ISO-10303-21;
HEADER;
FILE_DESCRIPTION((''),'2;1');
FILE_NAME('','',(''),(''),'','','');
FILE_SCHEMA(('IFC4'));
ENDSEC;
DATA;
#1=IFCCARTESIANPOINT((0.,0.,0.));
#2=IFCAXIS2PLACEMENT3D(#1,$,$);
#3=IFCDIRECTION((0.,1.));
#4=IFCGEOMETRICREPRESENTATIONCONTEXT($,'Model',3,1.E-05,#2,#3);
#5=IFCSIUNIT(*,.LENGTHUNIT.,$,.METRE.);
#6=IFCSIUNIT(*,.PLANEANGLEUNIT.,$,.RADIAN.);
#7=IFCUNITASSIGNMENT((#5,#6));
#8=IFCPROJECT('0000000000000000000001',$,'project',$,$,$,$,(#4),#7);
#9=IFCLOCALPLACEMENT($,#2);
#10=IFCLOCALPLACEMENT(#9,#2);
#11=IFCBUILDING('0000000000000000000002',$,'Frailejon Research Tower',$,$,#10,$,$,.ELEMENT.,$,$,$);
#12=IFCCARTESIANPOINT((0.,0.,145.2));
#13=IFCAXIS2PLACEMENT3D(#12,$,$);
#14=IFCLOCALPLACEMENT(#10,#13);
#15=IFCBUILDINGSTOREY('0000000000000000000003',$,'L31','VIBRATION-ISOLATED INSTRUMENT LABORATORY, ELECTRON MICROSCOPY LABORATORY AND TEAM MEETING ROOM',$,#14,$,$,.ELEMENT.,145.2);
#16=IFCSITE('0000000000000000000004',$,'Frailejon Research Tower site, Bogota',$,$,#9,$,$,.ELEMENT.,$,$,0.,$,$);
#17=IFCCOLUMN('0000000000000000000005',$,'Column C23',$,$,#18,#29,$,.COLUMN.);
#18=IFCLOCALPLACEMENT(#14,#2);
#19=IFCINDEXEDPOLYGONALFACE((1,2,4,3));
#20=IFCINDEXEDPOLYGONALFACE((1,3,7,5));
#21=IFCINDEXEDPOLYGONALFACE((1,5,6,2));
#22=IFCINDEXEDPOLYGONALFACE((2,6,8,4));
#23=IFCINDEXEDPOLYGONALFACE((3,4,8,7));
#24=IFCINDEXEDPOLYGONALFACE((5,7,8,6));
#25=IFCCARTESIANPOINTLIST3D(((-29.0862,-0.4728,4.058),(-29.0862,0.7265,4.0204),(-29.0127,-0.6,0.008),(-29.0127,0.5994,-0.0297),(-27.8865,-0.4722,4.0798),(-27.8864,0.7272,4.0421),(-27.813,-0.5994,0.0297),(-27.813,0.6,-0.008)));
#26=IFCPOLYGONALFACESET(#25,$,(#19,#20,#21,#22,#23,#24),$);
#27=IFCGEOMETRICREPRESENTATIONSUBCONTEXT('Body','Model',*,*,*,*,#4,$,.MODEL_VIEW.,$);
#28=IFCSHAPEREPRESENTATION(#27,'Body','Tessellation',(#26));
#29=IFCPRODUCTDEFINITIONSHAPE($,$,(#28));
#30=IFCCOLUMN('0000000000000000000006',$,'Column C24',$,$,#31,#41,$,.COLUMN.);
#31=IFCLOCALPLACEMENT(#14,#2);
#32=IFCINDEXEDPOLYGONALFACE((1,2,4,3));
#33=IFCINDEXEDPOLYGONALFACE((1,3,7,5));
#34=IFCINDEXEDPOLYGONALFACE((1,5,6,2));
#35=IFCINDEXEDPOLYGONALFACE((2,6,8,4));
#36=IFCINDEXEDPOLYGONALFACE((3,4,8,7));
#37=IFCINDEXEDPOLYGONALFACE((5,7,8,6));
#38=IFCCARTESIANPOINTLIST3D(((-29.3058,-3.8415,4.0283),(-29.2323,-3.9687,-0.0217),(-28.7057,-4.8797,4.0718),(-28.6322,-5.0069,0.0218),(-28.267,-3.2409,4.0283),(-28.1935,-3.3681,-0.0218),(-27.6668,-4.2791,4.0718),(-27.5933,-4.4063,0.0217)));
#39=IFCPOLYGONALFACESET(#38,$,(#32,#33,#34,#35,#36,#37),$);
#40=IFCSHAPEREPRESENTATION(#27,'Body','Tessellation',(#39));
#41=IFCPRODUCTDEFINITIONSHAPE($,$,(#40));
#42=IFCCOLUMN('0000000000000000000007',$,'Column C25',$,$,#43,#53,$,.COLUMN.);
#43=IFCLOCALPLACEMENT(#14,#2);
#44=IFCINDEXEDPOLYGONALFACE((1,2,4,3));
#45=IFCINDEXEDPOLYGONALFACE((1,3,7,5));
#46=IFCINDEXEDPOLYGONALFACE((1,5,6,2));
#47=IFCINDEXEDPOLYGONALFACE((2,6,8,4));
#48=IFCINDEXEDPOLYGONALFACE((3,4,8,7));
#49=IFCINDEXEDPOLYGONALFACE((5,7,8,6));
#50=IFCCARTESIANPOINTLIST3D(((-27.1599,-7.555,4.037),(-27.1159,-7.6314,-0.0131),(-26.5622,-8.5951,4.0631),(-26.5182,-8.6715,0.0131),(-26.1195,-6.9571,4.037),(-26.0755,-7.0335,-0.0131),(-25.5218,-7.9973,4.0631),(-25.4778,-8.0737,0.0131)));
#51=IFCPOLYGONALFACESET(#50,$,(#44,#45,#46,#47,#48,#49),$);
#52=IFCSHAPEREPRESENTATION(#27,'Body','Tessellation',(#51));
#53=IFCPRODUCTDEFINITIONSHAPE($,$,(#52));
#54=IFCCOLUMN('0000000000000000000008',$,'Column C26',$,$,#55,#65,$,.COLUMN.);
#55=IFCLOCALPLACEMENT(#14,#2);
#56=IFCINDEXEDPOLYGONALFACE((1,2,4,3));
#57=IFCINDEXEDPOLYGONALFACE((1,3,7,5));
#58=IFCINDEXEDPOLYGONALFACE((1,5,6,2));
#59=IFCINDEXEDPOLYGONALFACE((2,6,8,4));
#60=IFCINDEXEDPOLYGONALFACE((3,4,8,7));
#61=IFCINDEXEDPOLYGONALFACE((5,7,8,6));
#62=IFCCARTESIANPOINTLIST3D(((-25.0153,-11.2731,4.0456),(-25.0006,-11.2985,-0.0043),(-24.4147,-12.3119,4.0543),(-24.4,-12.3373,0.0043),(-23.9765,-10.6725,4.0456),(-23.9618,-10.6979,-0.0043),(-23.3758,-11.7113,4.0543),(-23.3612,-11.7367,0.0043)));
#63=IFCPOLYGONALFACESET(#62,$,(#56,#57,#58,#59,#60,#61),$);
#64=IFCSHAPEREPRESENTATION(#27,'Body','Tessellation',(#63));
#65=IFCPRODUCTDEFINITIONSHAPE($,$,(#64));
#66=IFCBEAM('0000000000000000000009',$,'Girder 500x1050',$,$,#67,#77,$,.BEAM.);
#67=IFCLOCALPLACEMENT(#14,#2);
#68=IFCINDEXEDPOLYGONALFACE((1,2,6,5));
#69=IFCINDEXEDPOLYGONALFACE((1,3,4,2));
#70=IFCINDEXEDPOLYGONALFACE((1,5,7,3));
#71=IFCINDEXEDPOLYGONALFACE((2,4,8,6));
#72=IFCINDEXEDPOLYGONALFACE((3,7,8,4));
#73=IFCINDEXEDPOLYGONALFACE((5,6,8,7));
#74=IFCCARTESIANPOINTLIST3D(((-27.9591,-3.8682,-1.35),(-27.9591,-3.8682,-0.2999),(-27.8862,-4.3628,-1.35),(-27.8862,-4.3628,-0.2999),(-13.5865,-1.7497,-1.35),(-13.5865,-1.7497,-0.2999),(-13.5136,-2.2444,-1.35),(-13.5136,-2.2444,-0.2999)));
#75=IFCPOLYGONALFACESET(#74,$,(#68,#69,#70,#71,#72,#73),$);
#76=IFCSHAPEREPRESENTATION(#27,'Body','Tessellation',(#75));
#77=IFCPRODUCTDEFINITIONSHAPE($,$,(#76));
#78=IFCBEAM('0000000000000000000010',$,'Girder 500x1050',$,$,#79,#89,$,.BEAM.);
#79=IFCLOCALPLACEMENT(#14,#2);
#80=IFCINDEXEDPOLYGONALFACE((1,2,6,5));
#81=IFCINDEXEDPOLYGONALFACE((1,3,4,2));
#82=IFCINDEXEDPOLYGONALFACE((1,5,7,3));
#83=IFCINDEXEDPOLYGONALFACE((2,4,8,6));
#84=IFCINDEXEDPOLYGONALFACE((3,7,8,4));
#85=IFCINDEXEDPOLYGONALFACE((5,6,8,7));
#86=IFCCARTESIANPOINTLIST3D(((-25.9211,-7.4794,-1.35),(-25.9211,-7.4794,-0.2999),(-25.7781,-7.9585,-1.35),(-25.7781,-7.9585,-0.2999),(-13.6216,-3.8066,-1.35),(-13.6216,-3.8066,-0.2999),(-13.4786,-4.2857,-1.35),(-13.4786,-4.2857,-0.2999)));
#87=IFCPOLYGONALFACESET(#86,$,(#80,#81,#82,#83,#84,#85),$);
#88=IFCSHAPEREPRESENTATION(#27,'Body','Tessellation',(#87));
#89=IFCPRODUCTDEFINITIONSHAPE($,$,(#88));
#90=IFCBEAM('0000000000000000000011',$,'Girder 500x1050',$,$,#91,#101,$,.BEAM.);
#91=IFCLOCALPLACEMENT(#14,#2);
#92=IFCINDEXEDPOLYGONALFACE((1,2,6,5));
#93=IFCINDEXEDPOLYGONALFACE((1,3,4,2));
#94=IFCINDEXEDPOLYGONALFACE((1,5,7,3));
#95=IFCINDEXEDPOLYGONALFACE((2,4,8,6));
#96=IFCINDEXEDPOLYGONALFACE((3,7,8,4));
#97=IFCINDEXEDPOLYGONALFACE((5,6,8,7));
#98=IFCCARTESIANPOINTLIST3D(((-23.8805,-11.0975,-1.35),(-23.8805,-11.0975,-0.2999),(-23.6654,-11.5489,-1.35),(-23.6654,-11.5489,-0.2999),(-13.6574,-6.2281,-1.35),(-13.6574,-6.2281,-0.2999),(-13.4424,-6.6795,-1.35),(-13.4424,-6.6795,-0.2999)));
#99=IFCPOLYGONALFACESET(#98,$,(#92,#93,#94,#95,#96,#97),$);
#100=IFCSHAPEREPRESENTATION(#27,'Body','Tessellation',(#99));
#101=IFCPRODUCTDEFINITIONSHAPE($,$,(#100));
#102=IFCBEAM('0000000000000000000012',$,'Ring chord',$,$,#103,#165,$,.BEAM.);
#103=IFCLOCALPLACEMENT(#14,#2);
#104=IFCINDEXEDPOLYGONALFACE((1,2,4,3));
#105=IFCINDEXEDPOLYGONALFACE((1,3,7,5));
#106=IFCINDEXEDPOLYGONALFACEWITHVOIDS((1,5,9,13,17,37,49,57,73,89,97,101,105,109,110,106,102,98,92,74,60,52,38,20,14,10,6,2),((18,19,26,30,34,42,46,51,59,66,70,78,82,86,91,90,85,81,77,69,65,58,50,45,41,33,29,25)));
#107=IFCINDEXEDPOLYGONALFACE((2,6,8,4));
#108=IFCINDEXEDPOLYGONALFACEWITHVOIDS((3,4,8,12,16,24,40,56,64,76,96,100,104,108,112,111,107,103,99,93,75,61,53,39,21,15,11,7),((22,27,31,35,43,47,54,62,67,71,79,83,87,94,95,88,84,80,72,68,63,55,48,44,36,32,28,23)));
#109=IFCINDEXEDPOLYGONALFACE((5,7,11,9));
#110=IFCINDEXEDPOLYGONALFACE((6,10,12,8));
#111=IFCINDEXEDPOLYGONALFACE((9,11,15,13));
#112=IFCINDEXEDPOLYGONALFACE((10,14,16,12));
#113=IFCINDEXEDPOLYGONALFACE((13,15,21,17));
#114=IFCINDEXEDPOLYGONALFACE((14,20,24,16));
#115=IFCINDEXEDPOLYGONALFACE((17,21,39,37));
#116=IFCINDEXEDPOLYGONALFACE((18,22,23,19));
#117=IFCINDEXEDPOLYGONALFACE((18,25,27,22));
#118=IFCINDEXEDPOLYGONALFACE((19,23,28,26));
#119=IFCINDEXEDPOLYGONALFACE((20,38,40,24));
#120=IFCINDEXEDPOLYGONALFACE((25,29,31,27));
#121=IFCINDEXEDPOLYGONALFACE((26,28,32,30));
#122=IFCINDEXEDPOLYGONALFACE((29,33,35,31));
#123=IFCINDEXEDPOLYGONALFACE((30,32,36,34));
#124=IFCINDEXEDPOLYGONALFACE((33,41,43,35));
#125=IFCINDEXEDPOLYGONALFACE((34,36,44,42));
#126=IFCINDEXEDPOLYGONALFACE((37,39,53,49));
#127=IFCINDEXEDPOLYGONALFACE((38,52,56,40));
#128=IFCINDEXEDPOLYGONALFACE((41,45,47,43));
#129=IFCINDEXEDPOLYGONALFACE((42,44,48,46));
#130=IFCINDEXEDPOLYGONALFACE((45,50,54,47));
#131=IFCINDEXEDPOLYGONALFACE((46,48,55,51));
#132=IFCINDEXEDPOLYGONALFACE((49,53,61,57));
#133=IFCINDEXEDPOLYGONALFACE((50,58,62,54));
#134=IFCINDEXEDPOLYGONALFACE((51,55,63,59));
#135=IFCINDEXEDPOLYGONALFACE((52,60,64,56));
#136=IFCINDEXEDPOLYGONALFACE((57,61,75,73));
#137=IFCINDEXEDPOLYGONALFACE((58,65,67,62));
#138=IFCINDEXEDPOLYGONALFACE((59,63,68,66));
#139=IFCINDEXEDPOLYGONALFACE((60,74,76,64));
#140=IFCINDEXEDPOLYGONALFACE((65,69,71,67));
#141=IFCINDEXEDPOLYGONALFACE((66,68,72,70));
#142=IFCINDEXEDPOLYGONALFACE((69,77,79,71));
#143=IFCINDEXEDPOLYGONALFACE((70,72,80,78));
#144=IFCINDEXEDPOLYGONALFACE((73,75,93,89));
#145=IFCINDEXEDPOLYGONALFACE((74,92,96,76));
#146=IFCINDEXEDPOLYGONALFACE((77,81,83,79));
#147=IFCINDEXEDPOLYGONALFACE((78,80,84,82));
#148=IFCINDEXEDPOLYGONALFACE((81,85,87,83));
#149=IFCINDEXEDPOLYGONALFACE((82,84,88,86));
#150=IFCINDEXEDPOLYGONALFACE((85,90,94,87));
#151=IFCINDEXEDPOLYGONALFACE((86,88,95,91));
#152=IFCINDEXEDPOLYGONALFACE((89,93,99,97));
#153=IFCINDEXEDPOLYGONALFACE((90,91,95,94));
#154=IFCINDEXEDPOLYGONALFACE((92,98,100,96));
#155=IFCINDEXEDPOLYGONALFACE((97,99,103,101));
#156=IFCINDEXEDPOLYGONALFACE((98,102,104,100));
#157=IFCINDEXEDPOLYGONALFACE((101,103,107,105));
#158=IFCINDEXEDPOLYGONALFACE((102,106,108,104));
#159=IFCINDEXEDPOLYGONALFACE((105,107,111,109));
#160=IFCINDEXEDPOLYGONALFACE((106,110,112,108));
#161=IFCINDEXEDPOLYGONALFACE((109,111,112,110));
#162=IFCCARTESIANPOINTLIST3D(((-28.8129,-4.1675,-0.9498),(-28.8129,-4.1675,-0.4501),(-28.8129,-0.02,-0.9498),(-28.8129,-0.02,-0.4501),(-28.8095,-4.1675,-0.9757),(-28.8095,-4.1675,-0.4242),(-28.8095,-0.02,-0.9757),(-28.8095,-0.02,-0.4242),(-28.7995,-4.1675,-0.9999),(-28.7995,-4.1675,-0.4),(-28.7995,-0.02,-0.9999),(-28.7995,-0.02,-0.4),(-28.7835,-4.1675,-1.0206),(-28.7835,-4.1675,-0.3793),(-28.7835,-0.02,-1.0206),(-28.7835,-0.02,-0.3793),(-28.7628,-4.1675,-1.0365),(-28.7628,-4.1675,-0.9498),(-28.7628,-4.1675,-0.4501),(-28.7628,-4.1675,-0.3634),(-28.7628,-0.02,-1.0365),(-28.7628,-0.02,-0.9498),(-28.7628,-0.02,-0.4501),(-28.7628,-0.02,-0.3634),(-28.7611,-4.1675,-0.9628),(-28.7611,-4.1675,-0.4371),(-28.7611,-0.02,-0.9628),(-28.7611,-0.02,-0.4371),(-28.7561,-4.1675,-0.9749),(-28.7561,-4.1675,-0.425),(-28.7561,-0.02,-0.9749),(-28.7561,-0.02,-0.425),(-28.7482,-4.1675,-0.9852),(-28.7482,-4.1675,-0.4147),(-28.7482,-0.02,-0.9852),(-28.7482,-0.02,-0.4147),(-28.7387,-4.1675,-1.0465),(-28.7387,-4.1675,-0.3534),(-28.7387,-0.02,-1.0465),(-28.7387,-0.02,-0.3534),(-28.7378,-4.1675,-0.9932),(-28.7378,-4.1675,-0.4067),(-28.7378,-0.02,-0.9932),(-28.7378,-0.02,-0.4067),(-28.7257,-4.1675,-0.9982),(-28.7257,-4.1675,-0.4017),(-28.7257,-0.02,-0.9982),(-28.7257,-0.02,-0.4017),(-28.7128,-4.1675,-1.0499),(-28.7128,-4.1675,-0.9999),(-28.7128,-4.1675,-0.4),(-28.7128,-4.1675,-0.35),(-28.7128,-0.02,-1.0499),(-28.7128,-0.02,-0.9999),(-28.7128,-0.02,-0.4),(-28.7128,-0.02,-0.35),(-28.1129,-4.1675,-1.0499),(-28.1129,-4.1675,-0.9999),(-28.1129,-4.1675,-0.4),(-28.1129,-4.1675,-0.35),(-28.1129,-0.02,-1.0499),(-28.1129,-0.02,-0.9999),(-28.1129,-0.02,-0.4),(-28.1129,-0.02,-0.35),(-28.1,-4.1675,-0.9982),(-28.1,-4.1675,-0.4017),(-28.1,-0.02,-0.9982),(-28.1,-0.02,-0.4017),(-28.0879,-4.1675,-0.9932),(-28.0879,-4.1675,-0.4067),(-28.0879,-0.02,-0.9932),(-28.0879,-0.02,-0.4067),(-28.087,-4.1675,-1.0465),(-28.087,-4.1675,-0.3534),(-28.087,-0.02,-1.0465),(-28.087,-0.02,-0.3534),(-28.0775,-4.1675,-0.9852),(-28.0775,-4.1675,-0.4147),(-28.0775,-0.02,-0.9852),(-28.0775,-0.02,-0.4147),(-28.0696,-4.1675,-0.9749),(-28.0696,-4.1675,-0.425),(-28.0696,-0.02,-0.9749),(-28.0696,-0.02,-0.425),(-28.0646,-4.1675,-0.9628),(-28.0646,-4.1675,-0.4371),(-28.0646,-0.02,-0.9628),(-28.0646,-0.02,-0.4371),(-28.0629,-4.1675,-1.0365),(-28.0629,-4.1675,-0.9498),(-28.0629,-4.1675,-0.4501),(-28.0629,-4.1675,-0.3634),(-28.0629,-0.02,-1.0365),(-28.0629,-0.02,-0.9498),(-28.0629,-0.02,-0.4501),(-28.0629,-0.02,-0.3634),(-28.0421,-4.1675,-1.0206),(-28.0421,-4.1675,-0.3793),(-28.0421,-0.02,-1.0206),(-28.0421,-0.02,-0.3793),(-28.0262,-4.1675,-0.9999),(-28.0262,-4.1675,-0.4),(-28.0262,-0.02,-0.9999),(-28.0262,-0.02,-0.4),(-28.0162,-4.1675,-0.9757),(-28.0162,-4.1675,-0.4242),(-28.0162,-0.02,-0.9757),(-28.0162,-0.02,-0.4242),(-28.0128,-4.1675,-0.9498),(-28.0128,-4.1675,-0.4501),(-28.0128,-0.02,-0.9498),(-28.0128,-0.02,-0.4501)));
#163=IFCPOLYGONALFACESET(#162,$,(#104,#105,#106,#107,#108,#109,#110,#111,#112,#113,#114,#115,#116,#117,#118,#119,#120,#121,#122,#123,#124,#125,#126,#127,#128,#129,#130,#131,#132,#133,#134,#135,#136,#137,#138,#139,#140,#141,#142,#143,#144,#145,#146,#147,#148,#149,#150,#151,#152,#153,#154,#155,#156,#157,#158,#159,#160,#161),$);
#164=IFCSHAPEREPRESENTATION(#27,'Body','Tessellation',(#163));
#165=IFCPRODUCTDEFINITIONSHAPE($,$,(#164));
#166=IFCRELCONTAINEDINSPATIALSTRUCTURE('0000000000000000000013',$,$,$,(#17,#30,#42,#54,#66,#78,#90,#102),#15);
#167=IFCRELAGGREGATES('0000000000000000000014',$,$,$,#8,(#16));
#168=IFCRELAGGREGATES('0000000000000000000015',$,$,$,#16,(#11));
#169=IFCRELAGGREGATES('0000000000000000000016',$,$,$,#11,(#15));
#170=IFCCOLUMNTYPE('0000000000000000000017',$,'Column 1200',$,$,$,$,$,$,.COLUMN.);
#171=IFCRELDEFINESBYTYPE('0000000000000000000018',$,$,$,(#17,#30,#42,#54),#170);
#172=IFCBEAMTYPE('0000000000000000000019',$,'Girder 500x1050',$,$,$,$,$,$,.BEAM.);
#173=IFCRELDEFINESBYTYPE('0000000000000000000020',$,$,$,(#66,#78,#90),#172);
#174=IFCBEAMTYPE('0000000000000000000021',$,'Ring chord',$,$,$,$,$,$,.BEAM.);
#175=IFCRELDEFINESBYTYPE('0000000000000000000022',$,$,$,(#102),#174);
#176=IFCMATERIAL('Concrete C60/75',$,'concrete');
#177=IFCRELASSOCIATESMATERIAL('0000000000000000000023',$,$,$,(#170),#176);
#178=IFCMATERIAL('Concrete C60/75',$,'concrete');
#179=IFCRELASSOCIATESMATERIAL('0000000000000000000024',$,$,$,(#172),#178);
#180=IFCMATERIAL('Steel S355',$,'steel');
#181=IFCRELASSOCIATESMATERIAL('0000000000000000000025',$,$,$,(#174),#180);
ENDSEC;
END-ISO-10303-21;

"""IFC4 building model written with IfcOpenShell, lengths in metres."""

from ifc_helpers import new_model, si_unit, direction, frame, origin, origin_2d, place, context, subcontext, project, spatial, rectangle, hollow_rectangle, extrude, material, material_profile, profile_set, type_object, element, save


model = new_model("IFC4")

# Units and contexts
model_context = context("Model", 3, precision=1e-05, world=origin(), true_north=direction((0.0, 1.0)))
body_context = subcontext(model_context, "Body", "Model", "MODEL_VIEW")
ifc_project = project(units=[si_unit("LENGTHUNIT", "METRE"), si_unit("PLANEANGLEUNIT", "RADIAN")], contexts=[model_context])

# Site, building, storey
site_placement = place(None, origin())
site = spatial("IfcSite", under=ifc_project, at=site_placement, Name="Frailejon Research Tower site, Bogota", CompositionType="ELEMENT", RefElevation=0.0)
building_placement = place(site_placement, origin())
building = spatial("IfcBuilding", under=site, at=building_placement, Name="Frailejon Research Tower", CompositionType="ELEMENT")
storey_placement = place(building_placement, frame((0.0, 0.0, 145.2)))
storey = spatial("IfcBuildingStorey", under=building, at=storey_placement, Name="L31", Description="VIBRATION-ISOLATED INSTRUMENT LABORATORY, ELECTRON MICROSCOPY LABORATORY AND TEAM MEETING ROOM", CompositionType="ELEMENT", Elevation=145.2)

# Columns
ifc_material_1 = material(Name="Concrete C60/75", Category="concrete")
ifc_material_profile_1 = material_profile(ifc_material_1, rectangle(XDim=1.2, YDim=1.2, at=origin_2d()), Name="Column 1200")
ifc_profile_set_1 = profile_set([ifc_material_profile_1], Name="Concrete C60/75")
column_type = type_object("IfcColumnType", Name="Column 1200", PredefinedType="COLUMN", material=ifc_profile_set_1)
for number, where, z_axis, x_axis, name in (
    (1, (-28.4128, 0.0, 0.0), (-0.018133, 0.031386, 0.999343), (-0.000022, -0.999507, 0.03139), "Column C23"),
    (2, (-28.4128, -4.1875, 0.0), (-0.018133, 0.031386, 0.999343), (0.500145, -0.865183, 0.036247), "Column C24"),
):
    element("IfcColumn", number, at=place(storey_placement, frame(where, z_axis=z_axis, x_axis=x_axis)), inside=storey, type_object=column_type, Name=name, PredefinedType="COLUMN", context=body_context, shape_type="SweptSolid", body=[
        extrude(rectangle(XDim=1.2, YDim=1.2, at=origin_2d()), origin(), (0.0, 0.0, 1.0), 4.0527),
    ])
column_1_placement = place(storey_placement, frame((-26.2969, -7.8525, 0.0), z_axis=(-0.010848, 0.018863, 0.999763), x_axis=(0.49811, -0.866841, 0.02176)))
element("IfcColumn", 3, at=column_1_placement, inside=storey, type_object=column_type, Name="Column C25", PredefinedType="COLUMN", context=body_context, shape_type="SweptSolid", body=[
    extrude(rectangle(XDim=1.2, YDim=1.2, at=origin_2d()), origin(), (0.0, 0.0, 1.0), 4.051),
])
column_2_placement = place(storey_placement, frame((-24.1809, -11.5176, 0.0), z_axis=(-0.003617, 0.006269, 0.999974), x_axis=(0.50053, -0.865689, 0.007238)))
element("IfcColumn", 4, at=column_2_placement, inside=storey, type_object=column_type, Name="Column C26", PredefinedType="COLUMN", context=body_context, shape_type="SweptSolid", body=[
    extrude(rectangle(XDim=1.2, YDim=1.2, at=origin_2d()), origin(), (0.0, 0.0, 1.0), 4.05),
])

# Beams
ifc_material_2 = material(Name="Concrete C60/75", Category="concrete")
ifc_material_profile_2 = material_profile(ifc_material_2, rectangle(XDim=0.5, YDim=1.05, at=origin_2d()), Name="Girder 500x1050")
ifc_profile_set_2 = profile_set([ifc_material_profile_2], Name="Concrete C60/75")
beam_type_1 = type_object("IfcBeamType", Name="Girder 500x1050", PredefinedType="BEAM", material=ifc_profile_set_2)
beam_1_placement = place(storey_placement, frame((-27.9226, -4.1155, -0.825), z_axis=(0.989312, 0.145817, 0.0), x_axis=(-0.145817, 0.989312, 0.0)))
element("IfcBeam", 5, at=beam_1_placement, inside=storey, type_object=beam_type_1, Name="Girder 500x1050", PredefinedType="BEAM", context=body_context, shape_type="SweptSolid", body=[
    extrude(rectangle(XDim=0.5, YDim=1.05, at=origin_2d()), origin(), (0.0, 0.0, 1.0), 14.5278),
])
beam_2_placement = place(storey_placement, frame((-25.8496, -7.719, -0.825), z_axis=(0.95819, 0.286131, 0.0), x_axis=(-0.286131, 0.95819, 0.0)))
element("IfcBeam", 6, at=beam_2_placement, inside=storey, type_object=beam_type_1, Name="Girder 500x1050", PredefinedType="BEAM", context=body_context, shape_type="SweptSolid", body=[
    extrude(rectangle(XDim=0.5, YDim=1.05, at=origin_2d()), origin(), (0.0, 0.0, 1.0), 12.8362),
])
beam_3_placement = place(storey_placement, frame((-23.7729, -11.3232, -0.825), z_axis=(0.902815, 0.43003, 0.0), x_axis=(-0.43003, 0.902815, 0.0)))
element("IfcBeam", 7, at=beam_3_placement, inside=storey, type_object=beam_type_1, Name="Girder 500x1050", PredefinedType="BEAM", context=body_context, shape_type="SweptSolid", body=[
    extrude(rectangle(XDim=0.5, YDim=1.05, at=origin_2d()), origin(), (0.0, 0.0, 1.0), 11.3235),
])
ifc_material_3 = material(Name="Steel S355", Category="steel")
ifc_material_profile_3 = material_profile(ifc_material_3, hollow_rectangle(XDim=0.8, YDim=0.7, WallThickness=0.05, InnerFilletRadius=0.05, OuterFilletRadius=0.1001, at=origin_2d()), Name="Ring chord")
ifc_profile_set_3 = profile_set([ifc_material_profile_3], Name="Steel S355")
beam_type_2 = type_object("IfcBeamType", Name="Ring chord", PredefinedType="BEAM", material=ifc_profile_set_3)
beam_4_placement = place(storey_placement, frame((-28.4128, -0.02, -0.7), z_axis=(0.0, -1.0, 0.0), x_axis=(1.0, 0.0, 0.0)))
element("IfcBeam", 8, at=beam_4_placement, inside=storey, type_object=beam_type_2, Name="Ring chord", PredefinedType="BEAM", context=body_context, shape_type="SweptSolid", body=[
    extrude(hollow_rectangle(XDim=0.8, YDim=0.7, WallThickness=0.05, InnerFilletRadius=0.05, OuterFilletRadius=0.1001, at=origin_2d()), origin(), (0.0, 0.0, 1.0), 4.1475),
])

save(model, "model.ifc")
